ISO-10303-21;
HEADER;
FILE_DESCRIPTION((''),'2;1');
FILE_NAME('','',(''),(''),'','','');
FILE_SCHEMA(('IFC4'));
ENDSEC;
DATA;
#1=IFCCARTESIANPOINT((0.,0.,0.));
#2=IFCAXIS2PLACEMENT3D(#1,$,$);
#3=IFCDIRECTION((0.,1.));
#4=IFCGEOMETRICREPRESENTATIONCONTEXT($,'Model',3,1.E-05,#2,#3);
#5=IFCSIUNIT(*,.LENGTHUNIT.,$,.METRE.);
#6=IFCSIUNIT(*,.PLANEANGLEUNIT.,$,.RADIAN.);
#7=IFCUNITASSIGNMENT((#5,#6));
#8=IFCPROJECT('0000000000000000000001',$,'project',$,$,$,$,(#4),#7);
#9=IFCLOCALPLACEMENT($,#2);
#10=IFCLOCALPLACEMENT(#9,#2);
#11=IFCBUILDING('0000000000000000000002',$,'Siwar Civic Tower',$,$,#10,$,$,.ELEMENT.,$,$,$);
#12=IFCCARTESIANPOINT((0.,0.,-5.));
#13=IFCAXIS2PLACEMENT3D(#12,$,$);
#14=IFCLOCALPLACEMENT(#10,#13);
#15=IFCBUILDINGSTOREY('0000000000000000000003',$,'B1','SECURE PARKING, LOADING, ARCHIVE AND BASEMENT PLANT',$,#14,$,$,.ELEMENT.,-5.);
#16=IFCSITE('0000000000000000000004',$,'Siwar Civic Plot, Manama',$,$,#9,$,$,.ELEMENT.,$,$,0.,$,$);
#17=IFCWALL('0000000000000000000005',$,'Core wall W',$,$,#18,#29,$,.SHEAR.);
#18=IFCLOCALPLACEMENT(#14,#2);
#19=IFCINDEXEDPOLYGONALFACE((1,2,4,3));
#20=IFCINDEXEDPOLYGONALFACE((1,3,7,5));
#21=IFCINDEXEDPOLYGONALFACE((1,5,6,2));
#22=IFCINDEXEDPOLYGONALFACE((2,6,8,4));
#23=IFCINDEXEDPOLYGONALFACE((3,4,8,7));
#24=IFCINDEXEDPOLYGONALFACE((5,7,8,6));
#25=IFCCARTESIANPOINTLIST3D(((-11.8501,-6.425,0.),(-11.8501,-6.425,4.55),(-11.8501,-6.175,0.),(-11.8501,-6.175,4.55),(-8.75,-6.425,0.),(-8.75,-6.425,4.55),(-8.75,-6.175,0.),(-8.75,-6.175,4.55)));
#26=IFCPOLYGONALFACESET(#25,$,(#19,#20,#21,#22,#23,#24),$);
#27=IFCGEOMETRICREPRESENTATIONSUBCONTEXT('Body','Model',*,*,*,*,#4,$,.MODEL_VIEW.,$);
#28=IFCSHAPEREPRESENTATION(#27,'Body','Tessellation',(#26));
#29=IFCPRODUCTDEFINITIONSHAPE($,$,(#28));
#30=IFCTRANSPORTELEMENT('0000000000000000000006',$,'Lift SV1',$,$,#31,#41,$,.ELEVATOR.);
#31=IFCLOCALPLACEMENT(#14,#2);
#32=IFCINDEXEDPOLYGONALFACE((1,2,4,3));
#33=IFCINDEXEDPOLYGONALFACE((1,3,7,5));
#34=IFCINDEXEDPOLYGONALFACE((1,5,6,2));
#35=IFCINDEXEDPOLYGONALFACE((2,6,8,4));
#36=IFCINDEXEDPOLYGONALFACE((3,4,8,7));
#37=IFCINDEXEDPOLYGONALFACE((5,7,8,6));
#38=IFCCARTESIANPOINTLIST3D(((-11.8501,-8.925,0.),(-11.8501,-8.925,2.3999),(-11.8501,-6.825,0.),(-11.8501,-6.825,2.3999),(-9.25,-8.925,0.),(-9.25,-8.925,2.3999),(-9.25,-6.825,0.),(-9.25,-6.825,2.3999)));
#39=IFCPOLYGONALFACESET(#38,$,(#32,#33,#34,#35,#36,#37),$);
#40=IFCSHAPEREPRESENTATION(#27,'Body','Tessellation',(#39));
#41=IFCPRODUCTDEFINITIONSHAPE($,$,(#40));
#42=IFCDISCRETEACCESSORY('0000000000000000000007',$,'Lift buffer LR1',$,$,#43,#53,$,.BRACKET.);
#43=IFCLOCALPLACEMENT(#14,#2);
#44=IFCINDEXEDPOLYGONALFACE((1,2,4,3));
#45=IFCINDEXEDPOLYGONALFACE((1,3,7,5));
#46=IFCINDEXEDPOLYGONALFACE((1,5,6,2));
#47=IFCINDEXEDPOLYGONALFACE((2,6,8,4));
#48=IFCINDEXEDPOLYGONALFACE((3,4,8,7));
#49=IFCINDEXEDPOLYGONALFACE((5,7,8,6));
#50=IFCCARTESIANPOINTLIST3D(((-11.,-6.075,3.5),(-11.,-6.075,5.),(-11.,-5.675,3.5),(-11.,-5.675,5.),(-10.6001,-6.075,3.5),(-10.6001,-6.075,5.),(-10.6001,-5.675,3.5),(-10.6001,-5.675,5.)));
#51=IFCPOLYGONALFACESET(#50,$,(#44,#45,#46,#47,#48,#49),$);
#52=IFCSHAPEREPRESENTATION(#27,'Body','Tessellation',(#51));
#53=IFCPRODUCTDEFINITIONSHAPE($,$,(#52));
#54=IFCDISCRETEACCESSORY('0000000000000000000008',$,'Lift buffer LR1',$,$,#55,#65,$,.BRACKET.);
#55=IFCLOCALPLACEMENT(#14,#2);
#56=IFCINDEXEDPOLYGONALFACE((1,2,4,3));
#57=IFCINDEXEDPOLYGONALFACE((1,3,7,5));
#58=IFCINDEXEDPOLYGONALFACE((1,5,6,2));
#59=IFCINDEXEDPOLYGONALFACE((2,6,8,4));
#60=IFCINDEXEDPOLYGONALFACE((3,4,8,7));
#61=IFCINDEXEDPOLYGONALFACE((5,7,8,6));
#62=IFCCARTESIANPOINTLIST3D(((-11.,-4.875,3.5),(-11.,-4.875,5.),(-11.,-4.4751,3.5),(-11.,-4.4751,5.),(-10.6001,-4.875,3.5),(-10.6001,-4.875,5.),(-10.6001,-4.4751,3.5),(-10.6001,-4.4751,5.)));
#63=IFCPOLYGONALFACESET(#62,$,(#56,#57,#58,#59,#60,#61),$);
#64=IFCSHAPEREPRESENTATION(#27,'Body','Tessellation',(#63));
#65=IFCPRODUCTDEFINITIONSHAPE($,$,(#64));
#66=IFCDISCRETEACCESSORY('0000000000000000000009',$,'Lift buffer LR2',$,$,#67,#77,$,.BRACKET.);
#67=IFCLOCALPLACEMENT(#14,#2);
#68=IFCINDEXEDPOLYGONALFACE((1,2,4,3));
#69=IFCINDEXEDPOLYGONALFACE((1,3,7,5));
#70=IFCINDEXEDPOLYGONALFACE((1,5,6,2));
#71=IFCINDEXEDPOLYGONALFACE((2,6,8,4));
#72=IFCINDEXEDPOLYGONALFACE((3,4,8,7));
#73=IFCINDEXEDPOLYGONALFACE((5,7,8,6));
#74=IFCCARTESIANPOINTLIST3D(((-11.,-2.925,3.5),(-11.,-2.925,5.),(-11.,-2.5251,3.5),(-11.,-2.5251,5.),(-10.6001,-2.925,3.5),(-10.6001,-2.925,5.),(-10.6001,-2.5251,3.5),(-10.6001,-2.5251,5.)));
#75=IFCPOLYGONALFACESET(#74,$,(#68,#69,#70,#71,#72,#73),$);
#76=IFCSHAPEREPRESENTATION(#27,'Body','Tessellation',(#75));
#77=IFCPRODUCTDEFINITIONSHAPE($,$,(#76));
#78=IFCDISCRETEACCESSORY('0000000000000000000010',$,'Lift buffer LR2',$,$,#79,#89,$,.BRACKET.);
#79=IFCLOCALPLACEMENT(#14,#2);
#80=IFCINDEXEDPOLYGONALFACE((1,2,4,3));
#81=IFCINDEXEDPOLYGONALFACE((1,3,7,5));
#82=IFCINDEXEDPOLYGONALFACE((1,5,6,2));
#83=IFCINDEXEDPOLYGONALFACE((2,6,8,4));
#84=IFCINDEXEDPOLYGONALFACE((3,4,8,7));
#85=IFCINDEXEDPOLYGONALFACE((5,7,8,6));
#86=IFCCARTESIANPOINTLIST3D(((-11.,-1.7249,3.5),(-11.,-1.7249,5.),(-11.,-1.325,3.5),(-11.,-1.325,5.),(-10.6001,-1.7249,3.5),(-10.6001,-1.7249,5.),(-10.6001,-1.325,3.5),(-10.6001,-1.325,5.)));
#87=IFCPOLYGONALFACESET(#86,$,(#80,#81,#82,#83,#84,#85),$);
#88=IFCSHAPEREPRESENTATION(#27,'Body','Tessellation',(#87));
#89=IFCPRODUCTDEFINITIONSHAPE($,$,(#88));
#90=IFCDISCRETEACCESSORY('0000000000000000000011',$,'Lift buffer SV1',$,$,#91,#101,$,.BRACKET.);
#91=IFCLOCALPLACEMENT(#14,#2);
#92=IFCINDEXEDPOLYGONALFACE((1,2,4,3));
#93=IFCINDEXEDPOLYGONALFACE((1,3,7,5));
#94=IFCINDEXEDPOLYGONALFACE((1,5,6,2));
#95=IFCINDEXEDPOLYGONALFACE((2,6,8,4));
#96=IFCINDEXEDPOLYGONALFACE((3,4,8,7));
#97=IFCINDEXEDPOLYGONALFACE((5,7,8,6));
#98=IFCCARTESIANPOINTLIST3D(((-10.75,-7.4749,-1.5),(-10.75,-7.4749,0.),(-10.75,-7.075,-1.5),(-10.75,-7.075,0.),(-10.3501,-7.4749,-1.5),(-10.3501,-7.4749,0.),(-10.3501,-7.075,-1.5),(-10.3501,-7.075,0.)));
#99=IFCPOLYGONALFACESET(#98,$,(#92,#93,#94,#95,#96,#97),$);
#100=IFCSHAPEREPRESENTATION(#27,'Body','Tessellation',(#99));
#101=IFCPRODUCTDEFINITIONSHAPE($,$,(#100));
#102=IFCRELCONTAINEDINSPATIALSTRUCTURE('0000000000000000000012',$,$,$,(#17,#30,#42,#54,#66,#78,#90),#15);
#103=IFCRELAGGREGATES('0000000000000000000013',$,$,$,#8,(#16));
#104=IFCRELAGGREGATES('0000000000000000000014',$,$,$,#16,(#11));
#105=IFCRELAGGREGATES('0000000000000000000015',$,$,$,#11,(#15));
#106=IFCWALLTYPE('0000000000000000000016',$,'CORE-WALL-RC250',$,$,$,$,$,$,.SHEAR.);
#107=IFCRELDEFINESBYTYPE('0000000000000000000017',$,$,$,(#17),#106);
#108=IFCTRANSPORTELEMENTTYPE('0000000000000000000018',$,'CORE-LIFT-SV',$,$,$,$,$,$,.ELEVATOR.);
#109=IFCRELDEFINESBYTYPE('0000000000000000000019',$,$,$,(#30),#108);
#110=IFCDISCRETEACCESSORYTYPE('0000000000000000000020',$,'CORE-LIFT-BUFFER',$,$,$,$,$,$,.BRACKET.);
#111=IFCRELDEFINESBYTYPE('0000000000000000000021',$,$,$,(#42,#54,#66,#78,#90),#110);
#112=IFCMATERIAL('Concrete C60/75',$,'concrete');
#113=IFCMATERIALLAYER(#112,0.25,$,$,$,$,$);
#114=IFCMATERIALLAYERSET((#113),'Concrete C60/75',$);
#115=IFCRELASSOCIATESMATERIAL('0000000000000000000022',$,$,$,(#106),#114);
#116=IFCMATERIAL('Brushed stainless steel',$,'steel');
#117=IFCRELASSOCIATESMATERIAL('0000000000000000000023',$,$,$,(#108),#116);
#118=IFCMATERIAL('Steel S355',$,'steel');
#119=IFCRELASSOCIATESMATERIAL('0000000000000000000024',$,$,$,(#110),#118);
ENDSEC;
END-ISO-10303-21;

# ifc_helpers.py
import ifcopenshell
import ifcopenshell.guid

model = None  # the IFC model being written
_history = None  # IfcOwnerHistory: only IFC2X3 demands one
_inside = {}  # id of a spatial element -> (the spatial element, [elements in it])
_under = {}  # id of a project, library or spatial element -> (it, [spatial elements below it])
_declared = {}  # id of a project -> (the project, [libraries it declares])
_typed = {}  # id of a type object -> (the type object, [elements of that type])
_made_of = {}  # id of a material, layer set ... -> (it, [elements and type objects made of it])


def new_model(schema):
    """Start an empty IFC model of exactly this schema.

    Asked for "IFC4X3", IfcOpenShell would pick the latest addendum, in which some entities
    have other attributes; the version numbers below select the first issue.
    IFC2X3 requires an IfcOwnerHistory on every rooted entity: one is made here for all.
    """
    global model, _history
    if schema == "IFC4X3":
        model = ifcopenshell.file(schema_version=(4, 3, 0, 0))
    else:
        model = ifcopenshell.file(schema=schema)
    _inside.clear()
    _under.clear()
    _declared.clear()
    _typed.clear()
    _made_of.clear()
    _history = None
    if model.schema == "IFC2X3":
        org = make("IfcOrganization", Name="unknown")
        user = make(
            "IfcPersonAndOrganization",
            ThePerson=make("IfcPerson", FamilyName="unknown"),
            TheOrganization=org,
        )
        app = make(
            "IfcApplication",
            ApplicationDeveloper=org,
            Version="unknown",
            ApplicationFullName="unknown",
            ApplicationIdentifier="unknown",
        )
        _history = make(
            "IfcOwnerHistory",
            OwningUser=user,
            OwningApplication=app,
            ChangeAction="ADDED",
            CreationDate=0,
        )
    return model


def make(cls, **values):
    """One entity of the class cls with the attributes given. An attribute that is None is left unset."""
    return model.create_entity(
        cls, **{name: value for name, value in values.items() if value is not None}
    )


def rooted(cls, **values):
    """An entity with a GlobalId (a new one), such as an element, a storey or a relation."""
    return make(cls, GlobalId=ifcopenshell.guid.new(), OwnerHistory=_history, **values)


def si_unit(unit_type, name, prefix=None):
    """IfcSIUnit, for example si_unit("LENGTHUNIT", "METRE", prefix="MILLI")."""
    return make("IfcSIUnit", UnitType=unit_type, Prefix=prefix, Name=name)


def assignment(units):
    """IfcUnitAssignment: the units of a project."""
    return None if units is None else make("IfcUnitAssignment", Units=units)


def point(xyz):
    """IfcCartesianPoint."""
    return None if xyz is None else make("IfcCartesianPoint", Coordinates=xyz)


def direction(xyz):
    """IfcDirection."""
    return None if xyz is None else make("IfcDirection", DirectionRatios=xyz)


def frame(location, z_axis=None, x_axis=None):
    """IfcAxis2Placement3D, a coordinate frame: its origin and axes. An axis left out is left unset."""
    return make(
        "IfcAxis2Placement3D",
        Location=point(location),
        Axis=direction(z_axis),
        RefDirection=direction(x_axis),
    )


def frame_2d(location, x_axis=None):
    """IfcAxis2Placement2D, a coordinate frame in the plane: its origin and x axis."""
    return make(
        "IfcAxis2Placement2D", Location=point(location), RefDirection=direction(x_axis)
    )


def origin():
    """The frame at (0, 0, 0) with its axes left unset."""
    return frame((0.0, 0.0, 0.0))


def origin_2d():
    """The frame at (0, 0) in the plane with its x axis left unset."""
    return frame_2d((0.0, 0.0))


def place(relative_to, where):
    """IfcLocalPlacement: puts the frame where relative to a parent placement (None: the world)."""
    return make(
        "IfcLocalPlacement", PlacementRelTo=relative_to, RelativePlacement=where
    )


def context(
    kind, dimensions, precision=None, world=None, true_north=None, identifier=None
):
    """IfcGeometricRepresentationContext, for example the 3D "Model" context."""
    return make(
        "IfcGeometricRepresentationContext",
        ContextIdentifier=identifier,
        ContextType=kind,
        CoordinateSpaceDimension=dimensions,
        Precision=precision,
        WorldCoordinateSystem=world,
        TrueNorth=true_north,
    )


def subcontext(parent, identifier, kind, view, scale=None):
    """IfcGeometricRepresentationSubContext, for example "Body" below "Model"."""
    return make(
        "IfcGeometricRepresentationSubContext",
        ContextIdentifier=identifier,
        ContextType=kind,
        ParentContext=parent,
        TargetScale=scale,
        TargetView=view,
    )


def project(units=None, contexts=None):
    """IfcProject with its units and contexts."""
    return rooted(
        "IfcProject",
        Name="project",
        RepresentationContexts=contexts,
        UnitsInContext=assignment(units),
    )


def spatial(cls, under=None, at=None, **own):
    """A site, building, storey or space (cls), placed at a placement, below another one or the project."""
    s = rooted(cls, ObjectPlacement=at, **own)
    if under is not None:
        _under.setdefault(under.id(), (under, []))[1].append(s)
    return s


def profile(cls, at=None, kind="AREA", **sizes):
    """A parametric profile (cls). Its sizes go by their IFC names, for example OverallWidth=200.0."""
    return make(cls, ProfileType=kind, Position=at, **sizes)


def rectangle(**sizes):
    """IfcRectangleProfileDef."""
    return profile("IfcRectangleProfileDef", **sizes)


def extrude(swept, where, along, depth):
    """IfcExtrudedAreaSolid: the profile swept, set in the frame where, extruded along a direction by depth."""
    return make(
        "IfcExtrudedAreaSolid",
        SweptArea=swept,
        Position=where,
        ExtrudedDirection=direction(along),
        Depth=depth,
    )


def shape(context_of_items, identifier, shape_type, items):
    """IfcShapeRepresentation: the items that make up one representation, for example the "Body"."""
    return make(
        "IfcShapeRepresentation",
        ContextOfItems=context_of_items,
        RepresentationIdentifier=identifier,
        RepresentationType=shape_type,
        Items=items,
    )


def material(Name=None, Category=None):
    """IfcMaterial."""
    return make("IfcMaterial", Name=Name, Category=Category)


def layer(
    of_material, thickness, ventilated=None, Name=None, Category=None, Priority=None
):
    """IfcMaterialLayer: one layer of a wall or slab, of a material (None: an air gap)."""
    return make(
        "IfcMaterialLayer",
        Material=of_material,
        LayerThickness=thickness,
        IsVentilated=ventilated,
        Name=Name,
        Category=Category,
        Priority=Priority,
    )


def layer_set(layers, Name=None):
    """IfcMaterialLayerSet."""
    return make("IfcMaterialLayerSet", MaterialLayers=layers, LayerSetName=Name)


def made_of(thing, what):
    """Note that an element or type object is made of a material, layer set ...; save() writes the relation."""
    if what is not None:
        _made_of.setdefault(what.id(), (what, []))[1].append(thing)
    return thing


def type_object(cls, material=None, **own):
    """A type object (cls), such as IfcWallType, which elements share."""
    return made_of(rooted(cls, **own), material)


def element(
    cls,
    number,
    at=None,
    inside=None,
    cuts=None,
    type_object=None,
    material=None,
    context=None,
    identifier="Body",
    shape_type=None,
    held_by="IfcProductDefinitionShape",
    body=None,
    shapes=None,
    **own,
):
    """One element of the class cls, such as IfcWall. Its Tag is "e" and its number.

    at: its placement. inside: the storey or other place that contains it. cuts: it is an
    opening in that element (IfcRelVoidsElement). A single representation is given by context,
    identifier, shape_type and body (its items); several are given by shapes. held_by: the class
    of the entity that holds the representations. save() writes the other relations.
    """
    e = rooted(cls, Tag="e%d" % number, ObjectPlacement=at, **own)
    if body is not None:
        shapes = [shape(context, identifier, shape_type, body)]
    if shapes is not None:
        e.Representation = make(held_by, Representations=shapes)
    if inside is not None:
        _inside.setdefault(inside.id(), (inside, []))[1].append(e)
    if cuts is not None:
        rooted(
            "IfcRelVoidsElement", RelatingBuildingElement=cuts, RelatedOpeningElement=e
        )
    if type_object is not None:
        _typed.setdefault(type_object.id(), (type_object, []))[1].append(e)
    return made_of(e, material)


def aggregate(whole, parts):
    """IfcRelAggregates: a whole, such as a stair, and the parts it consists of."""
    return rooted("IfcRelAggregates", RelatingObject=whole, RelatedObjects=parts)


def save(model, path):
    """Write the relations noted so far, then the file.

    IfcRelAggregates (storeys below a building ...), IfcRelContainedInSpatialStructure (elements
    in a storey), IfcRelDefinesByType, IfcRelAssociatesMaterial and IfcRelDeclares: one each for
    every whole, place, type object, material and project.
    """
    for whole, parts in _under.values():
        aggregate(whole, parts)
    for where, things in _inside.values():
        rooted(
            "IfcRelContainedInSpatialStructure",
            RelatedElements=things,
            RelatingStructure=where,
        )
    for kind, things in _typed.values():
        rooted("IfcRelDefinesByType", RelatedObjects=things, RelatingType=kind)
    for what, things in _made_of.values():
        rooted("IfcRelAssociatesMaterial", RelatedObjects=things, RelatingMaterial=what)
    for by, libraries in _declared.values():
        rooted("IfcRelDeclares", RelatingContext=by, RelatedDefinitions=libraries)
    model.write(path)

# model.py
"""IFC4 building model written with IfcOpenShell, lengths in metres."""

from ifc_helpers import new_model, si_unit, direction, frame, frame_2d, origin, origin_2d, place, context, subcontext, project, spatial, rectangle, extrude, material, layer, layer_set, type_object, element, save


model = new_model("IFC4")

# Units and contexts
model_context = context("Model", 3, precision=1e-05, world=origin(), true_north=direction((0.0, 1.0)))
body_context = subcontext(model_context, "Body", "Model", "MODEL_VIEW")
ifc_project = project(units=[si_unit("LENGTHUNIT", "METRE"), si_unit("PLANEANGLEUNIT", "RADIAN")], contexts=[model_context])

# Site, building, storey
site_placement = place(None, origin())
site = spatial("IfcSite", under=ifc_project, at=site_placement, Name="Siwar Civic Plot, Manama", CompositionType="ELEMENT", RefElevation=0.0)
building_placement = place(site_placement, origin())
building = spatial("IfcBuilding", under=site, at=building_placement, Name="Siwar Civic Tower", CompositionType="ELEMENT")
storey_placement = place(building_placement, frame((0.0, 0.0, -5.0)))
storey = spatial("IfcBuildingStorey", under=building, at=storey_placement, Name="B1", Description="SECURE PARKING, LOADING, ARCHIVE AND BASEMENT PLANT", CompositionType="ELEMENT", Elevation=-5.0)

# Shared definitions
ifc_material_1 = material(Name="Concrete C60/75", Category="concrete")
ifc_layer = layer(ifc_material_1, 0.25)
ifc_layer_set = layer_set([ifc_layer], Name="Concrete C60/75")
wall_type = type_object("IfcWallType", Name="CORE-WALL-RC250", PredefinedType="SHEAR", material=ifc_layer_set)

# Wall
for number, where, z_axis, x_axis, name in (
    (1, (-8.75, -6.3, 0.0), (0.0, 0.0, 1.0), (-1.0, 0.0, 0.0), "Core wall W"),
):
    element("IfcWall", number, at=place(storey_placement, frame(where, z_axis=z_axis, x_axis=x_axis)), inside=storey, type_object=wall_type, Name=name, PredefinedType="SHEAR", context=body_context, shape_type="SweptSolid", body=[
        extrude(rectangle(XDim=3.1001, YDim=0.25, at=frame_2d((1.55, 0.0))), origin(), (0.0, 0.0, 1.0), 4.55),
    ])

# Transport element
ifc_material_2 = material(Name="Brushed stainless steel", Category="steel")
transport_element_type = type_object("IfcTransportElementType", Name="CORE-LIFT-SV", PredefinedType="ELEVATOR", material=ifc_material_2)
transport_element_placement = place(storey_placement, frame((-10.55, -7.875, 0.0), z_axis=(0.0, 0.0, 1.0), x_axis=(1.0, 0.0, 0.0)))
element("IfcTransportElement", 2, at=transport_element_placement, inside=storey, type_object=transport_element_type, Name="Lift SV1", PredefinedType="ELEVATOR", context=body_context, shape_type="SweptSolid", body=[
    extrude(rectangle(XDim=2.6001, YDim=2.1001, at=origin_2d()), origin(), (0.0, 0.0, 1.0), 2.3999),
])

# Discrete accessories
ifc_material_3 = material(Name="Steel S355", Category="steel")
discrete_accessory_type = type_object("IfcDiscreteAccessoryType", Name="CORE-LIFT-BUFFER", PredefinedType="BRACKET", material=ifc_material_3)
for number, where, z_axis, x_axis, name in (
    (3, (-10.8, -5.875, 3.5), (0.0, 0.0, 1.0), (1.0, 0.0, 0.0), "Lift buffer LR1"),
    (4, (-10.8, -4.675, 3.5), (0.0, 0.0, 1.0), (1.0, 0.0, 0.0), "Lift buffer LR1"),
    (5, (-10.8, -2.7251, 3.5), (0.0, 0.0, 1.0), (1.0, 0.0, 0.0), "Lift buffer LR2"),
    (6, (-10.8, -1.5249, 3.5), (0.0, 0.0, 1.0), (1.0, 0.0, 0.0), "Lift buffer LR2"),
    (7, (-10.55, -7.2749, -1.5), (0.0, 0.0, 1.0), (1.0, 0.0, 0.0), "Lift buffer SV1"),
):
    element("IfcDiscreteAccessory", number, at=place(storey_placement, frame(where, z_axis=z_axis, x_axis=x_axis)), inside=storey, type_object=discrete_accessory_type, Name=name, PredefinedType="BRACKET", context=body_context, shape_type="SweptSolid", body=[
        extrude(rectangle(XDim=0.3999, YDim=0.3999, at=origin_2d()), origin(), (0.0, 0.0, 1.0), 1.5),
    ])

save(model, "model.ifc")
